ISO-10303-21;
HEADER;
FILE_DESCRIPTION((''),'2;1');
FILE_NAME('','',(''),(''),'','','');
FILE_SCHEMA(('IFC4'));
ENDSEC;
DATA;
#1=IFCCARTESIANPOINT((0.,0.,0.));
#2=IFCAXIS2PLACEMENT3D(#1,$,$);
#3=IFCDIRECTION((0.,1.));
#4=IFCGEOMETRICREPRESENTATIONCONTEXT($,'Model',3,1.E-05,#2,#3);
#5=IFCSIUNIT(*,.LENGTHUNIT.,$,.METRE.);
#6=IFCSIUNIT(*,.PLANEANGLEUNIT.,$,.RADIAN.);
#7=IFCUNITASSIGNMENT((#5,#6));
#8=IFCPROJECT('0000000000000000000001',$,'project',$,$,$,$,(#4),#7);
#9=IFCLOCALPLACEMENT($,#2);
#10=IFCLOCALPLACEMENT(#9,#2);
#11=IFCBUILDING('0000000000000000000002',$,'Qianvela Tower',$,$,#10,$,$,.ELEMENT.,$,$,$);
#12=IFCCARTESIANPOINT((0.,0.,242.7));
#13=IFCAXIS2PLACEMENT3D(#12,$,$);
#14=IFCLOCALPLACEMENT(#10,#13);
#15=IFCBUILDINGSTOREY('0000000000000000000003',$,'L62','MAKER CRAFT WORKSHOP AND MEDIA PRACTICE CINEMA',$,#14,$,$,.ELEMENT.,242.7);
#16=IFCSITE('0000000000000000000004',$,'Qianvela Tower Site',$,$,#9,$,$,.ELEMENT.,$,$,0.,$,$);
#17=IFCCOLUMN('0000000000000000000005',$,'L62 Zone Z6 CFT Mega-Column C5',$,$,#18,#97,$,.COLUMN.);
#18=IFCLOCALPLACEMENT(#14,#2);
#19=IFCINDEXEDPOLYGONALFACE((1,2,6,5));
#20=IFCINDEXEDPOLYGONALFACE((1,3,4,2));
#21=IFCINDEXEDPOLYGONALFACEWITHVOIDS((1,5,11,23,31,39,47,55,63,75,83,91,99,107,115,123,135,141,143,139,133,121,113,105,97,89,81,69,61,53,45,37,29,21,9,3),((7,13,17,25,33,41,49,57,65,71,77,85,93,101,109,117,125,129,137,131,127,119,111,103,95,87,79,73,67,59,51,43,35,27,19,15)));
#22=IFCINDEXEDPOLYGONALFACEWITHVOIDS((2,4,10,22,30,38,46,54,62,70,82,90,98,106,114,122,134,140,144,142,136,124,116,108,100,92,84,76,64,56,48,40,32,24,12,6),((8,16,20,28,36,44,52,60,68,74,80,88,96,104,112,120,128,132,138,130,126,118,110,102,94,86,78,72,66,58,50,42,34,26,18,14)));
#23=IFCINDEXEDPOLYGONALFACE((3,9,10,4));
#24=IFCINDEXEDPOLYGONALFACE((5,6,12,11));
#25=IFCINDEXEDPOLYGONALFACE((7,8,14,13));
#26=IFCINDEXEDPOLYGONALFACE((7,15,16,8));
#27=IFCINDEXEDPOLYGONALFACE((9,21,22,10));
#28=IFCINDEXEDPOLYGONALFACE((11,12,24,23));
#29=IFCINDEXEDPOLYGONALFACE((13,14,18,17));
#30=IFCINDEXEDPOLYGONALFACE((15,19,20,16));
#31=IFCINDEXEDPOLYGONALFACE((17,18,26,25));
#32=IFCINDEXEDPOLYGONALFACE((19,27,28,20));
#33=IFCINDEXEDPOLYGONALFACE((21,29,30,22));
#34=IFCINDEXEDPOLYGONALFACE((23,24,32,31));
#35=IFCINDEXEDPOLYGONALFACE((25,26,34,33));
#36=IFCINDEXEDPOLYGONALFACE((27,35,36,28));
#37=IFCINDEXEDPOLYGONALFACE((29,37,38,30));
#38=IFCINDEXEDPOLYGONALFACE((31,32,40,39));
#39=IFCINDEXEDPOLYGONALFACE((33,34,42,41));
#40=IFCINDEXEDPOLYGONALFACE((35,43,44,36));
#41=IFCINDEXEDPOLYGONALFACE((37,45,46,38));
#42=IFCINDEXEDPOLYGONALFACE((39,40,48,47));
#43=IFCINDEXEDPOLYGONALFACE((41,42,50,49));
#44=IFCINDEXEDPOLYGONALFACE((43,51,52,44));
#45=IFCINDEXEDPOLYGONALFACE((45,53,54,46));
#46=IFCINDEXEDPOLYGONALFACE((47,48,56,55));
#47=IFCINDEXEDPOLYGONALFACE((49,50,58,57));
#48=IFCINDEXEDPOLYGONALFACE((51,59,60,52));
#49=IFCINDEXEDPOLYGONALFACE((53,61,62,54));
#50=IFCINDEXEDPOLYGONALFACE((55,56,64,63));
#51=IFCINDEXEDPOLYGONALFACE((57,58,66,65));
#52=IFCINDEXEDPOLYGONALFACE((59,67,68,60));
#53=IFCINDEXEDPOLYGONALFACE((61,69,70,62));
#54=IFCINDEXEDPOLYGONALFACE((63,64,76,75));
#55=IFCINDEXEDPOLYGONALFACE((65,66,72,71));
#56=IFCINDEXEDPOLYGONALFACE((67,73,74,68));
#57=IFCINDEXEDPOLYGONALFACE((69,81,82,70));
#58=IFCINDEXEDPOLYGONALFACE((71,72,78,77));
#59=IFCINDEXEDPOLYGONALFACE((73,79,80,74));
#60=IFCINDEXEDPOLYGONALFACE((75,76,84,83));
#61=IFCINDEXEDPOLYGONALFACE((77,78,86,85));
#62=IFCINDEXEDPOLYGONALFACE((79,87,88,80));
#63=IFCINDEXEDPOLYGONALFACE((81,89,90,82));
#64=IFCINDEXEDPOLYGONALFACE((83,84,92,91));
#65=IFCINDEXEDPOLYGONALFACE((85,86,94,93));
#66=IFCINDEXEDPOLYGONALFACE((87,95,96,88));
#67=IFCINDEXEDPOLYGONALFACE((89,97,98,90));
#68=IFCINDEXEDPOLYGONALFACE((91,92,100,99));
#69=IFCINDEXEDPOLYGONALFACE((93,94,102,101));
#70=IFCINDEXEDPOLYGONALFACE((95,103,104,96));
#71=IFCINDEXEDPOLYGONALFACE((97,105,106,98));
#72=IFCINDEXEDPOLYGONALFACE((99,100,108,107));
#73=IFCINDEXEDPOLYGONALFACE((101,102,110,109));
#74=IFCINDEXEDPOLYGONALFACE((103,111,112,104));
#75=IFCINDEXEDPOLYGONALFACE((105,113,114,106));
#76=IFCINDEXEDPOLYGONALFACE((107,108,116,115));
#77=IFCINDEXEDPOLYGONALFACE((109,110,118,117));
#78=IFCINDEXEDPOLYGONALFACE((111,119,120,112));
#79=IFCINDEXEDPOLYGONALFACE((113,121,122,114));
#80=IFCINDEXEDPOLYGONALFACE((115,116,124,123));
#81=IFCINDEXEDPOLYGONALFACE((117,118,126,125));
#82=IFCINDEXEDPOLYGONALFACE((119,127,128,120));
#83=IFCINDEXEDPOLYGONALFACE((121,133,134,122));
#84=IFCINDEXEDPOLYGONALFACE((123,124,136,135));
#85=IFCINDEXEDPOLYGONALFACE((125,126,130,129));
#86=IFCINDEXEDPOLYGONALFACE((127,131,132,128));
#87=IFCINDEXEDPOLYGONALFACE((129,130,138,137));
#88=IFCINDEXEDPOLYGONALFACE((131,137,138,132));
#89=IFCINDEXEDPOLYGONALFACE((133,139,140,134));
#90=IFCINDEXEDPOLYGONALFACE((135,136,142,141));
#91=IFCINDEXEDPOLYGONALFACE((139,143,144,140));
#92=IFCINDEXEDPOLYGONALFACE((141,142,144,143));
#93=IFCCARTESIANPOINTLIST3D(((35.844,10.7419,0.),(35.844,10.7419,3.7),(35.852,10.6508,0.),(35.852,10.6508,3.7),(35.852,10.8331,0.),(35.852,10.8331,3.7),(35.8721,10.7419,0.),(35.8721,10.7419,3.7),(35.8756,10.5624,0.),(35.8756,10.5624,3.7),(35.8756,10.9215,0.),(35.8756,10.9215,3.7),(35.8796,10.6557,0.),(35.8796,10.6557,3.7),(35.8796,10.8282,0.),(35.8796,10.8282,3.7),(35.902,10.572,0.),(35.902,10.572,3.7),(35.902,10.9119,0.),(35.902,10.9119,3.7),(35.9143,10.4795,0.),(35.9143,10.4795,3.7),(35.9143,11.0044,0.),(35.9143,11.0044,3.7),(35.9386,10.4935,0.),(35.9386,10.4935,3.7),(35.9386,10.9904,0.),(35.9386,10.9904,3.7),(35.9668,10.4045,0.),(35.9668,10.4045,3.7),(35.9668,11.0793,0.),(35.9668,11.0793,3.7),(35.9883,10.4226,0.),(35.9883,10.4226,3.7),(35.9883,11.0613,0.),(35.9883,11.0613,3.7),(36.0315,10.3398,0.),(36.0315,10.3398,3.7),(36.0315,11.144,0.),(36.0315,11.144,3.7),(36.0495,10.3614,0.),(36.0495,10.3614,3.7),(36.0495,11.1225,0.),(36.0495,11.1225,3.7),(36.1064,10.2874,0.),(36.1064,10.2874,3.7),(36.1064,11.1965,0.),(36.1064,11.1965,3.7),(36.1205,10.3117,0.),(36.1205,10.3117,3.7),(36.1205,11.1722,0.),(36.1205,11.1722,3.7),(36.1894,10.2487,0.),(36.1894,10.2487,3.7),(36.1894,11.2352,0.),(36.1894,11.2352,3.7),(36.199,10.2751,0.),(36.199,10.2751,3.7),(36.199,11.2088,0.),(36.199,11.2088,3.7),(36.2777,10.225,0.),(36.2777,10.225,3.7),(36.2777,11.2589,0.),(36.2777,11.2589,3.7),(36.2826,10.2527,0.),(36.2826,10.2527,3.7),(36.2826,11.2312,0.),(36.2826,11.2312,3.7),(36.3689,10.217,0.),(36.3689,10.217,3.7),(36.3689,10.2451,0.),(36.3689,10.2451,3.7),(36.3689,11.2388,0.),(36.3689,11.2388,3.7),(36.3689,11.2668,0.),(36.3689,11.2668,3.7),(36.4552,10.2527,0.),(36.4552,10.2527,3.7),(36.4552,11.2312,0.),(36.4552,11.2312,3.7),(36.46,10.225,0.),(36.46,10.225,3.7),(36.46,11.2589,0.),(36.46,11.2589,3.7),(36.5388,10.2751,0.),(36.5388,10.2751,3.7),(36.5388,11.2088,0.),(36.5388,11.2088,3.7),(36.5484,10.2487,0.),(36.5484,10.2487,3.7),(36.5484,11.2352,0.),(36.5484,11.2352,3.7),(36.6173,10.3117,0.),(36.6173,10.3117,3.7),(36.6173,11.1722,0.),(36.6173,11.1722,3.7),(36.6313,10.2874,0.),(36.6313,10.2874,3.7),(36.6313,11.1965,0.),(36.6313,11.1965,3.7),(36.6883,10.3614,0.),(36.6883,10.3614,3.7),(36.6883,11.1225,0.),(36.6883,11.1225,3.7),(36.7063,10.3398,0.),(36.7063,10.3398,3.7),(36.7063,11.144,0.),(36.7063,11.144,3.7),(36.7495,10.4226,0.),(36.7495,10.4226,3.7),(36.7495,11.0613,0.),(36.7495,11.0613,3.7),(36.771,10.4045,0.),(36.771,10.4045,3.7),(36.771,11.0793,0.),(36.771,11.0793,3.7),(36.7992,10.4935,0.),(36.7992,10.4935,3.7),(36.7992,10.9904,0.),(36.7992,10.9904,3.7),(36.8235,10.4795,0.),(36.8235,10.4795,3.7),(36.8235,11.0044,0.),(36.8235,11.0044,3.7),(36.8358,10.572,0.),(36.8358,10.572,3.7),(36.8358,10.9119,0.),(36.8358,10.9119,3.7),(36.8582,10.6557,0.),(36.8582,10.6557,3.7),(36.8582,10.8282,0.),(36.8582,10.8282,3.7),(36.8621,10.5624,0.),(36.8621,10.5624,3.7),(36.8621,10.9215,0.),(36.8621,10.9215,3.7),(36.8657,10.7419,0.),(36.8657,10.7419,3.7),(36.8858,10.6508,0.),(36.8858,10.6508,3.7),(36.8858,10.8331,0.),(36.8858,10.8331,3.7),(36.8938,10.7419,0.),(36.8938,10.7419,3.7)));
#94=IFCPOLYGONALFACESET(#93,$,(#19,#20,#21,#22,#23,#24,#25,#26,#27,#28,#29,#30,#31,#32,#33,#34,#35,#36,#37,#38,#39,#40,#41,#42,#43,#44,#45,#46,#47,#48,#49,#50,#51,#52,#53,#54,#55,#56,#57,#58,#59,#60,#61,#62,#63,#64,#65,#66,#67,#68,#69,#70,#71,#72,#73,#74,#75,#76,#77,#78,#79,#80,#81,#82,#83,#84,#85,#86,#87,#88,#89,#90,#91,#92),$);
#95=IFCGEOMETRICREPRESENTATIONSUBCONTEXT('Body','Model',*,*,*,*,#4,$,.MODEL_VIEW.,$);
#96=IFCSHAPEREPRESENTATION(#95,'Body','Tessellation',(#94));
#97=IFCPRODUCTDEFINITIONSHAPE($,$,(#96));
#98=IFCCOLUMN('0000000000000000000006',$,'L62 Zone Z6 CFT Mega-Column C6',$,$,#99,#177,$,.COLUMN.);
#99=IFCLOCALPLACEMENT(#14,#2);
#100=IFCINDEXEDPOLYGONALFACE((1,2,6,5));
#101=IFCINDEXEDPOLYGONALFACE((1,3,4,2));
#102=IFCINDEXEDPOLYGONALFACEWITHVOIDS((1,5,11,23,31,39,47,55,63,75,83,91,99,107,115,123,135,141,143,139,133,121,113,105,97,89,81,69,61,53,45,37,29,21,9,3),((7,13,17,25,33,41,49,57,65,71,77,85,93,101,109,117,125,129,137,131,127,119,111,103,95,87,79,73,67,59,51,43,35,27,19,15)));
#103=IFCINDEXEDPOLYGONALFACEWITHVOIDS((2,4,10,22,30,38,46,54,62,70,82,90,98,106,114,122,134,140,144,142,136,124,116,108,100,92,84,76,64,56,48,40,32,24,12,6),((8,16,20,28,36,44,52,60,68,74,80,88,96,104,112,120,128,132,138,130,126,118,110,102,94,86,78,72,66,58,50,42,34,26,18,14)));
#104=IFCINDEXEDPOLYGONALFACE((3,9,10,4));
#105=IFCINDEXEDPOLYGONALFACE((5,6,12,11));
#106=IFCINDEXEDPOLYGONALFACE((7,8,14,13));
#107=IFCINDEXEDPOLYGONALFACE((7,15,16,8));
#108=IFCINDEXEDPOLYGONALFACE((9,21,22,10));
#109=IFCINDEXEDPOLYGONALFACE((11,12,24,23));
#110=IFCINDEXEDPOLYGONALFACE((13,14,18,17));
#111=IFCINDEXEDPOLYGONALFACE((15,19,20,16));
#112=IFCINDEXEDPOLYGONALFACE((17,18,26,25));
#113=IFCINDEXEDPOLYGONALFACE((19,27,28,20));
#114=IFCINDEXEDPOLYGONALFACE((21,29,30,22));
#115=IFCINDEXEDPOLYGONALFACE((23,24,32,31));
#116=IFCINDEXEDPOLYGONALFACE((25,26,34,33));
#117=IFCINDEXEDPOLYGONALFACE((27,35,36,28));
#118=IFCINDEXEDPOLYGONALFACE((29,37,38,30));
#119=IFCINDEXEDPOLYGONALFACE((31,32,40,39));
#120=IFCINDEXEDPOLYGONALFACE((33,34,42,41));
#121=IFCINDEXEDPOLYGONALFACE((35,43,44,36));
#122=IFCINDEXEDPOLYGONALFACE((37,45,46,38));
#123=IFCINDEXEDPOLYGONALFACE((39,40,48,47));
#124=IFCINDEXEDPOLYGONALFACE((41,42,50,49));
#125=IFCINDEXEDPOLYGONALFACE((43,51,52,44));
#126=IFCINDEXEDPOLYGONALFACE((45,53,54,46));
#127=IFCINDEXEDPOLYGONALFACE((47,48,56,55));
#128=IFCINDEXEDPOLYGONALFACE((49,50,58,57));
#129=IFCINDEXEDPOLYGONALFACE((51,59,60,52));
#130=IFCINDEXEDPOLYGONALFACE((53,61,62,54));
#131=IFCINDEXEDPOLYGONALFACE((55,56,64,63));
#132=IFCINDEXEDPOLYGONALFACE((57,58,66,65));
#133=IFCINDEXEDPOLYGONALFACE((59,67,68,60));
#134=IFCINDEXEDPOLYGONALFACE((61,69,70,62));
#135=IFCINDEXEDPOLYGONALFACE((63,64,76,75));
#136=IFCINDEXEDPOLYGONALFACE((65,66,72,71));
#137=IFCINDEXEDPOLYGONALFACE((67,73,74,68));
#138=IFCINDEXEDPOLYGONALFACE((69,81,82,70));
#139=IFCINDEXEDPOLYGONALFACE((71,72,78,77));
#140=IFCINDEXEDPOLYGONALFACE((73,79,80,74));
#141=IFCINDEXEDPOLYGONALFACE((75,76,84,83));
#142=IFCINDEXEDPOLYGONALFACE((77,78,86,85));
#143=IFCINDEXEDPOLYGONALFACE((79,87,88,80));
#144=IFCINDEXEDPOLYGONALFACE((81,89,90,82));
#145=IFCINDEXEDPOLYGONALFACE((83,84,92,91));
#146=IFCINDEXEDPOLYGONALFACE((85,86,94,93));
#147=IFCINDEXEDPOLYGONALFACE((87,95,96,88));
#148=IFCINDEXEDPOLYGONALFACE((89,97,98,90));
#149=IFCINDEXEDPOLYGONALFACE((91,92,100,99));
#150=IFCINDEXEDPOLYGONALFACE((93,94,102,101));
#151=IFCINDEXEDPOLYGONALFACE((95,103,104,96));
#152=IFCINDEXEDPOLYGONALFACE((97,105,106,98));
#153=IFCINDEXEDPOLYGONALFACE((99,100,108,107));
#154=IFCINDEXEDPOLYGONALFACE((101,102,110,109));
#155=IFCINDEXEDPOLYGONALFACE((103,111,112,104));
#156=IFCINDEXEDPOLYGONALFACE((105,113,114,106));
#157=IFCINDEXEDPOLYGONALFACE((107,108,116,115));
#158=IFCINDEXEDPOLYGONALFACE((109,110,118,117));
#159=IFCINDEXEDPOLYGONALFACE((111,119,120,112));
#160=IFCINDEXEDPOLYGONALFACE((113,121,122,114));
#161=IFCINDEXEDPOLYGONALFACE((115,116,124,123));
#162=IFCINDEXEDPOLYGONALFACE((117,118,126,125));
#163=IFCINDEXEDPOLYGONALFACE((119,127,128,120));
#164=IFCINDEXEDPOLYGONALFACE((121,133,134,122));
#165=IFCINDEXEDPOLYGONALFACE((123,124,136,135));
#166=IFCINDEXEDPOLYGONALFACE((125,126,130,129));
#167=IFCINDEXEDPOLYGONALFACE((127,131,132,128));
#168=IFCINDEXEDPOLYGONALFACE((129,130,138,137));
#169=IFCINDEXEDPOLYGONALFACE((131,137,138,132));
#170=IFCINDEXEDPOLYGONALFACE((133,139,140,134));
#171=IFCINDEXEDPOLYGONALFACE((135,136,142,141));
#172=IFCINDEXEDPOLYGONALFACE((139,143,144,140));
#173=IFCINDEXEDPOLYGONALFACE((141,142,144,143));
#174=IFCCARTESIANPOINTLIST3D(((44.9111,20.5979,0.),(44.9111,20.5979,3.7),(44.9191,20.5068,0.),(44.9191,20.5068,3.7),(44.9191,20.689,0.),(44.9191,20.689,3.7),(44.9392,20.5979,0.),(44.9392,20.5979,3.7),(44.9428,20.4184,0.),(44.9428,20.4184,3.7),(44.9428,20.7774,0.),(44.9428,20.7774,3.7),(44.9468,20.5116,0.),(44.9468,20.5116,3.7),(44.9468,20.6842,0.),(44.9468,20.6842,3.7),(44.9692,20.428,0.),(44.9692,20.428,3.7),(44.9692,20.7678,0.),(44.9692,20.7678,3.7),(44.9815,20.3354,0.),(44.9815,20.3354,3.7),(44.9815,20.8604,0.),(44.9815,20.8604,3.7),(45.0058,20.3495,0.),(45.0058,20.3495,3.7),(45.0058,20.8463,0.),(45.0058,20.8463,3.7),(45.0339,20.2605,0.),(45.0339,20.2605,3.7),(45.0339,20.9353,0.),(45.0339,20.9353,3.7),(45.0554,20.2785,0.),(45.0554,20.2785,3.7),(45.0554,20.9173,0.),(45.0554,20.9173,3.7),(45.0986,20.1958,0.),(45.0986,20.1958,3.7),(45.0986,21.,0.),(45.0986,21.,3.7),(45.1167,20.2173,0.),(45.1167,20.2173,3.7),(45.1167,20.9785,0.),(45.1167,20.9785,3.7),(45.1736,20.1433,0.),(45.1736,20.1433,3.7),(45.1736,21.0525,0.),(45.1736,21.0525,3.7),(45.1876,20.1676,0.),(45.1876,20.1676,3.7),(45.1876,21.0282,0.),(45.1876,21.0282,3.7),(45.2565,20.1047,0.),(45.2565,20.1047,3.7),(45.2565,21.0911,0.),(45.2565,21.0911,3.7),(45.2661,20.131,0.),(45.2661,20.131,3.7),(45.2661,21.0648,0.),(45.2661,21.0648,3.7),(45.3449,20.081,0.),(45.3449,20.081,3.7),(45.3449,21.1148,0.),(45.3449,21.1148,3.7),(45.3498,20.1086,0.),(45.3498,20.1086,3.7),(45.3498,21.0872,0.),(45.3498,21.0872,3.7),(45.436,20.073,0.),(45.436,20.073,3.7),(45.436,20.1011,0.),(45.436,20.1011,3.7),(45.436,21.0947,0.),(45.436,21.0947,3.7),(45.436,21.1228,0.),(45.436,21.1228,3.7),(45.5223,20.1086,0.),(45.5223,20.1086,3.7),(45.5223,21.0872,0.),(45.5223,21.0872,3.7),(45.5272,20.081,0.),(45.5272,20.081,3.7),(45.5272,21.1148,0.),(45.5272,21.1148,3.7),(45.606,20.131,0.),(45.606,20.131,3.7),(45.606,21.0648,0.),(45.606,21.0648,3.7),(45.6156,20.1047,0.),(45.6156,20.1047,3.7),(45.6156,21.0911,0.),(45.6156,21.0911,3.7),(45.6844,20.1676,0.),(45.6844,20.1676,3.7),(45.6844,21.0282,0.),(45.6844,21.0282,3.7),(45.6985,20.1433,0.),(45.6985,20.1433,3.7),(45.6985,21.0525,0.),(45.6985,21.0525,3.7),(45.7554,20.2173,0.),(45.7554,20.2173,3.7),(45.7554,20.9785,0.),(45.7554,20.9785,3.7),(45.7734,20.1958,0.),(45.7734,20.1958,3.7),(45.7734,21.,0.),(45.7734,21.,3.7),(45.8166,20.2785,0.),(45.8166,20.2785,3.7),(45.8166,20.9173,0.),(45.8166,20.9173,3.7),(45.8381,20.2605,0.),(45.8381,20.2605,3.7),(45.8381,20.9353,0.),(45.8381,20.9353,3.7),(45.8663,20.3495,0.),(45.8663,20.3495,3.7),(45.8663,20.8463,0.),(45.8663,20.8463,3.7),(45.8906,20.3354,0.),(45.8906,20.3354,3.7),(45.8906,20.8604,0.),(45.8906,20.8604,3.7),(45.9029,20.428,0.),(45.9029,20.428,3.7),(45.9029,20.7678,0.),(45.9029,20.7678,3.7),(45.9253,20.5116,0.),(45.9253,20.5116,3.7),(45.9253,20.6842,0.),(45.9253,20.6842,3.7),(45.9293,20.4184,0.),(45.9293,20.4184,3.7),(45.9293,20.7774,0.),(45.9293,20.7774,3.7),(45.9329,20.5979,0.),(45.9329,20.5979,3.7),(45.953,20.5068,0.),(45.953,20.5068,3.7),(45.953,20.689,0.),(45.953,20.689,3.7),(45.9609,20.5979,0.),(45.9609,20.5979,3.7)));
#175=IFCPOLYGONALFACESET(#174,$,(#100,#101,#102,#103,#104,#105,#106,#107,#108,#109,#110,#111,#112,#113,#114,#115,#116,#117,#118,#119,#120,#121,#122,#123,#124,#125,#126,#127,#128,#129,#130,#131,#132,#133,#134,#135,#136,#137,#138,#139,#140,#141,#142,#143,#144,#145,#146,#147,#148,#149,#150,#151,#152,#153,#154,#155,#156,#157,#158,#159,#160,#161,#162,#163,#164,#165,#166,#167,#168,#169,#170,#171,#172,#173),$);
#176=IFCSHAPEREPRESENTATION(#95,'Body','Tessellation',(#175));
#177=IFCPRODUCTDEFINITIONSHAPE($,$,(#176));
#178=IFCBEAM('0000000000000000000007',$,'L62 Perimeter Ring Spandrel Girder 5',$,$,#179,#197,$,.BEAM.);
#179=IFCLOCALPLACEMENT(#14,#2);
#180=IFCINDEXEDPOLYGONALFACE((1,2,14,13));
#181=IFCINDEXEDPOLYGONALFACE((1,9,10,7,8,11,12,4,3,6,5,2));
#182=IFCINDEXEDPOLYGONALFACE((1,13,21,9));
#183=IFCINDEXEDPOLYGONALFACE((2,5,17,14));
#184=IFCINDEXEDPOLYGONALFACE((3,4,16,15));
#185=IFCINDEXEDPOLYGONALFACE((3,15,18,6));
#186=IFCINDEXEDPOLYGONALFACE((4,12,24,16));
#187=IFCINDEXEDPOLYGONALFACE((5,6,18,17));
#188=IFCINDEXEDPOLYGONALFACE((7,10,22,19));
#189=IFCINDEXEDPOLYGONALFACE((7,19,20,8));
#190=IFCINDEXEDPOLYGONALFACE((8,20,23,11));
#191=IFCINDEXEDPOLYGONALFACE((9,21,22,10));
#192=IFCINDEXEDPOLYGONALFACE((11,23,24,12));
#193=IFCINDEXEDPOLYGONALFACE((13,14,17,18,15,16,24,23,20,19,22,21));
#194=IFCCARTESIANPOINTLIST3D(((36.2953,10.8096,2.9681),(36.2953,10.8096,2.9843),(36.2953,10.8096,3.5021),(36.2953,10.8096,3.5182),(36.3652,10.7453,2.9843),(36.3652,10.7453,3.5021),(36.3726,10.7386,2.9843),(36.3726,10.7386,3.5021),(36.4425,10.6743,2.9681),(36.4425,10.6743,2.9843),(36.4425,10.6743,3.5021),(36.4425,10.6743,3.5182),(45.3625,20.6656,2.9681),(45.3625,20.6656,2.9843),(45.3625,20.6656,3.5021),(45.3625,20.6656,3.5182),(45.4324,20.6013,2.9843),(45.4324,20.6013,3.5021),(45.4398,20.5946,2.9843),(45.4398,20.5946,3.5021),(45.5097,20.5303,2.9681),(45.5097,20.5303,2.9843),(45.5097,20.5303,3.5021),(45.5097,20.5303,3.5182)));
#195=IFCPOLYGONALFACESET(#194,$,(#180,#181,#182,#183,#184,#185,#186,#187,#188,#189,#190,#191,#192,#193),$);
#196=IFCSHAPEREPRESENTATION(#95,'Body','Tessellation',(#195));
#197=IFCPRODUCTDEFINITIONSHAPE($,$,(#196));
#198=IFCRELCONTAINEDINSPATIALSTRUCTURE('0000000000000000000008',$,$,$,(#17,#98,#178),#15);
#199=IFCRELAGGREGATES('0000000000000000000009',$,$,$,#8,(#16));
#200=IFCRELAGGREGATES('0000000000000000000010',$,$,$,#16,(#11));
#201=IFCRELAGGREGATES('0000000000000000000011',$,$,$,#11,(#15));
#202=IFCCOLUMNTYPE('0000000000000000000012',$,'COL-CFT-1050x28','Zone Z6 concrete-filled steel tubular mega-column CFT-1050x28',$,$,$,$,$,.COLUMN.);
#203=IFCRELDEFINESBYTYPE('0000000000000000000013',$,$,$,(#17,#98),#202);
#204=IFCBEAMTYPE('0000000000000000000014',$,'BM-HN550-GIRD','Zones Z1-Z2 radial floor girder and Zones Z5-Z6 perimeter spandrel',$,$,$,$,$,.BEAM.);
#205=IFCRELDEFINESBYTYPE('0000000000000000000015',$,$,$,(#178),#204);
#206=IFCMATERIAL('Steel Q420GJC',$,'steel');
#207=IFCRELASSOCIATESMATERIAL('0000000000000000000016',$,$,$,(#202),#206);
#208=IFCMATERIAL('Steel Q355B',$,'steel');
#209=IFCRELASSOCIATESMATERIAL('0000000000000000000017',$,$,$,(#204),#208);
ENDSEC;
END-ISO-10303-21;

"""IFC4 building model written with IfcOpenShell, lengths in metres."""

from ifc_helpers import new_model, si_unit, direction, frame, origin, origin_2d, place, context, subcontext, project, spatial, hollow_circle, i_section, extrude, material, material_profile, profile_set, type_object, element, save


model = new_model("IFC4")

# Units and contexts
model_context = context("Model", 3, precision=1e-05, world=origin(), true_north=direction((0.0, 1.0)))
body_context = subcontext(model_context, "Body", "Model", "MODEL_VIEW")
ifc_project = project(units=[si_unit("LENGTHUNIT", "METRE"), si_unit("PLANEANGLEUNIT", "RADIAN")], contexts=[model_context])

# Site, building, storey
site_placement = place(None, origin())
site = spatial("IfcSite", under=ifc_project, at=site_placement, Name="Qianvela Tower Site", CompositionType="ELEMENT", RefElevation=0.0)
building_placement = place(site_placement, origin())
building = spatial("IfcBuilding", under=site, at=building_placement, Name="Qianvela Tower", CompositionType="ELEMENT")
storey_placement = place(building_placement, frame((0.0, 0.0, 242.7)))
storey = spatial("IfcBuildingStorey", under=building, at=storey_placement, Name="L62", Description="MAKER CRAFT WORKSHOP AND MEDIA PRACTICE CINEMA", CompositionType="ELEMENT", Elevation=242.7)

# Columns
ifc_material_1 = material(Name="Steel Q420GJC", Category="steel")
ifc_material_profile_1 = material_profile(ifc_material_1, hollow_circle(Radius=0.5249, WallThickness=0.0281, at=origin_2d()), Name="CFT-1050x28")
ifc_profile_set_1 = profile_set([ifc_material_profile_1], Name="Steel Q420GJC")
column_type = type_object("IfcColumnType", Name="COL-CFT-1050x28", Description="Zone Z6 concrete-filled steel tubular mega-column CFT-1050x28", PredefinedType="COLUMN", material=ifc_profile_set_1)
for number, where, z_axis, x_axis, name in (
    (1, (36.3689, 10.7419, 0.0), (0.0, 0.0, 1.0), (1.0, 0.0, 0.0), "L62 Zone Z6 CFT Mega-Column C5"),
    (2, (45.436, 20.5979, 0.0), (0.0, 0.0, 1.0), (1.0, 0.0, 0.0), "L62 Zone Z6 CFT Mega-Column C6"),
):
    element("IfcColumn", number, at=place(storey_placement, frame(where, z_axis=z_axis, x_axis=x_axis)), inside=storey, type_object=column_type, Name=name, PredefinedType="COLUMN", context=body_context, shape_type="SweptSolid", body=[
        extrude(hollow_circle(Radius=0.5249, WallThickness=0.0281, at=origin_2d()), origin(), (0.0, 0.0, 1.0), 3.7),
    ])

# Beam
ifc_material_2 = material(Name="Steel Q355B", Category="steel")
ifc_material_profile_2 = material_profile(ifc_material_2, i_section(OverallWidth=0.2, OverallDepth=0.55, WebThickness=0.01, FlangeThickness=0.0161, at=origin_2d()), Name="HN550x200x10x16")
ifc_profile_set_2 = profile_set([ifc_material_profile_2], Name="Steel Q355B")
beam_type_1 = type_object("IfcBeamType", Name="BM-HN550-GIRD", Description="Zones Z1-Z2 radial floor girder and Zones Z5-Z6 perimeter spandrel", PredefinedType="BEAM", material=ifc_profile_set_2)
beam_1_placement = place(storey_placement, frame((36.3689, 10.7419, 3.2432), z_axis=(0.677043, 0.735944, 0.0), x_axis=(-0.735944, 0.677043, 0.0)))
element("IfcBeam", 3, at=beam_1_placement, inside=storey, type_object=beam_type_1, Name="L62 Perimeter Ring Spandrel Girder 5", PredefinedType="BEAM", context=body_context, shape_type="SweptSolid", body=[
    extrude(i_section(OverallWidth=0.2, OverallDepth=0.55, WebThickness=0.01, FlangeThickness=0.0161, at=origin_2d()), origin(), (0.0, 0.0, 1.0), 13.3923),
])

save(model, "model.ifc")
